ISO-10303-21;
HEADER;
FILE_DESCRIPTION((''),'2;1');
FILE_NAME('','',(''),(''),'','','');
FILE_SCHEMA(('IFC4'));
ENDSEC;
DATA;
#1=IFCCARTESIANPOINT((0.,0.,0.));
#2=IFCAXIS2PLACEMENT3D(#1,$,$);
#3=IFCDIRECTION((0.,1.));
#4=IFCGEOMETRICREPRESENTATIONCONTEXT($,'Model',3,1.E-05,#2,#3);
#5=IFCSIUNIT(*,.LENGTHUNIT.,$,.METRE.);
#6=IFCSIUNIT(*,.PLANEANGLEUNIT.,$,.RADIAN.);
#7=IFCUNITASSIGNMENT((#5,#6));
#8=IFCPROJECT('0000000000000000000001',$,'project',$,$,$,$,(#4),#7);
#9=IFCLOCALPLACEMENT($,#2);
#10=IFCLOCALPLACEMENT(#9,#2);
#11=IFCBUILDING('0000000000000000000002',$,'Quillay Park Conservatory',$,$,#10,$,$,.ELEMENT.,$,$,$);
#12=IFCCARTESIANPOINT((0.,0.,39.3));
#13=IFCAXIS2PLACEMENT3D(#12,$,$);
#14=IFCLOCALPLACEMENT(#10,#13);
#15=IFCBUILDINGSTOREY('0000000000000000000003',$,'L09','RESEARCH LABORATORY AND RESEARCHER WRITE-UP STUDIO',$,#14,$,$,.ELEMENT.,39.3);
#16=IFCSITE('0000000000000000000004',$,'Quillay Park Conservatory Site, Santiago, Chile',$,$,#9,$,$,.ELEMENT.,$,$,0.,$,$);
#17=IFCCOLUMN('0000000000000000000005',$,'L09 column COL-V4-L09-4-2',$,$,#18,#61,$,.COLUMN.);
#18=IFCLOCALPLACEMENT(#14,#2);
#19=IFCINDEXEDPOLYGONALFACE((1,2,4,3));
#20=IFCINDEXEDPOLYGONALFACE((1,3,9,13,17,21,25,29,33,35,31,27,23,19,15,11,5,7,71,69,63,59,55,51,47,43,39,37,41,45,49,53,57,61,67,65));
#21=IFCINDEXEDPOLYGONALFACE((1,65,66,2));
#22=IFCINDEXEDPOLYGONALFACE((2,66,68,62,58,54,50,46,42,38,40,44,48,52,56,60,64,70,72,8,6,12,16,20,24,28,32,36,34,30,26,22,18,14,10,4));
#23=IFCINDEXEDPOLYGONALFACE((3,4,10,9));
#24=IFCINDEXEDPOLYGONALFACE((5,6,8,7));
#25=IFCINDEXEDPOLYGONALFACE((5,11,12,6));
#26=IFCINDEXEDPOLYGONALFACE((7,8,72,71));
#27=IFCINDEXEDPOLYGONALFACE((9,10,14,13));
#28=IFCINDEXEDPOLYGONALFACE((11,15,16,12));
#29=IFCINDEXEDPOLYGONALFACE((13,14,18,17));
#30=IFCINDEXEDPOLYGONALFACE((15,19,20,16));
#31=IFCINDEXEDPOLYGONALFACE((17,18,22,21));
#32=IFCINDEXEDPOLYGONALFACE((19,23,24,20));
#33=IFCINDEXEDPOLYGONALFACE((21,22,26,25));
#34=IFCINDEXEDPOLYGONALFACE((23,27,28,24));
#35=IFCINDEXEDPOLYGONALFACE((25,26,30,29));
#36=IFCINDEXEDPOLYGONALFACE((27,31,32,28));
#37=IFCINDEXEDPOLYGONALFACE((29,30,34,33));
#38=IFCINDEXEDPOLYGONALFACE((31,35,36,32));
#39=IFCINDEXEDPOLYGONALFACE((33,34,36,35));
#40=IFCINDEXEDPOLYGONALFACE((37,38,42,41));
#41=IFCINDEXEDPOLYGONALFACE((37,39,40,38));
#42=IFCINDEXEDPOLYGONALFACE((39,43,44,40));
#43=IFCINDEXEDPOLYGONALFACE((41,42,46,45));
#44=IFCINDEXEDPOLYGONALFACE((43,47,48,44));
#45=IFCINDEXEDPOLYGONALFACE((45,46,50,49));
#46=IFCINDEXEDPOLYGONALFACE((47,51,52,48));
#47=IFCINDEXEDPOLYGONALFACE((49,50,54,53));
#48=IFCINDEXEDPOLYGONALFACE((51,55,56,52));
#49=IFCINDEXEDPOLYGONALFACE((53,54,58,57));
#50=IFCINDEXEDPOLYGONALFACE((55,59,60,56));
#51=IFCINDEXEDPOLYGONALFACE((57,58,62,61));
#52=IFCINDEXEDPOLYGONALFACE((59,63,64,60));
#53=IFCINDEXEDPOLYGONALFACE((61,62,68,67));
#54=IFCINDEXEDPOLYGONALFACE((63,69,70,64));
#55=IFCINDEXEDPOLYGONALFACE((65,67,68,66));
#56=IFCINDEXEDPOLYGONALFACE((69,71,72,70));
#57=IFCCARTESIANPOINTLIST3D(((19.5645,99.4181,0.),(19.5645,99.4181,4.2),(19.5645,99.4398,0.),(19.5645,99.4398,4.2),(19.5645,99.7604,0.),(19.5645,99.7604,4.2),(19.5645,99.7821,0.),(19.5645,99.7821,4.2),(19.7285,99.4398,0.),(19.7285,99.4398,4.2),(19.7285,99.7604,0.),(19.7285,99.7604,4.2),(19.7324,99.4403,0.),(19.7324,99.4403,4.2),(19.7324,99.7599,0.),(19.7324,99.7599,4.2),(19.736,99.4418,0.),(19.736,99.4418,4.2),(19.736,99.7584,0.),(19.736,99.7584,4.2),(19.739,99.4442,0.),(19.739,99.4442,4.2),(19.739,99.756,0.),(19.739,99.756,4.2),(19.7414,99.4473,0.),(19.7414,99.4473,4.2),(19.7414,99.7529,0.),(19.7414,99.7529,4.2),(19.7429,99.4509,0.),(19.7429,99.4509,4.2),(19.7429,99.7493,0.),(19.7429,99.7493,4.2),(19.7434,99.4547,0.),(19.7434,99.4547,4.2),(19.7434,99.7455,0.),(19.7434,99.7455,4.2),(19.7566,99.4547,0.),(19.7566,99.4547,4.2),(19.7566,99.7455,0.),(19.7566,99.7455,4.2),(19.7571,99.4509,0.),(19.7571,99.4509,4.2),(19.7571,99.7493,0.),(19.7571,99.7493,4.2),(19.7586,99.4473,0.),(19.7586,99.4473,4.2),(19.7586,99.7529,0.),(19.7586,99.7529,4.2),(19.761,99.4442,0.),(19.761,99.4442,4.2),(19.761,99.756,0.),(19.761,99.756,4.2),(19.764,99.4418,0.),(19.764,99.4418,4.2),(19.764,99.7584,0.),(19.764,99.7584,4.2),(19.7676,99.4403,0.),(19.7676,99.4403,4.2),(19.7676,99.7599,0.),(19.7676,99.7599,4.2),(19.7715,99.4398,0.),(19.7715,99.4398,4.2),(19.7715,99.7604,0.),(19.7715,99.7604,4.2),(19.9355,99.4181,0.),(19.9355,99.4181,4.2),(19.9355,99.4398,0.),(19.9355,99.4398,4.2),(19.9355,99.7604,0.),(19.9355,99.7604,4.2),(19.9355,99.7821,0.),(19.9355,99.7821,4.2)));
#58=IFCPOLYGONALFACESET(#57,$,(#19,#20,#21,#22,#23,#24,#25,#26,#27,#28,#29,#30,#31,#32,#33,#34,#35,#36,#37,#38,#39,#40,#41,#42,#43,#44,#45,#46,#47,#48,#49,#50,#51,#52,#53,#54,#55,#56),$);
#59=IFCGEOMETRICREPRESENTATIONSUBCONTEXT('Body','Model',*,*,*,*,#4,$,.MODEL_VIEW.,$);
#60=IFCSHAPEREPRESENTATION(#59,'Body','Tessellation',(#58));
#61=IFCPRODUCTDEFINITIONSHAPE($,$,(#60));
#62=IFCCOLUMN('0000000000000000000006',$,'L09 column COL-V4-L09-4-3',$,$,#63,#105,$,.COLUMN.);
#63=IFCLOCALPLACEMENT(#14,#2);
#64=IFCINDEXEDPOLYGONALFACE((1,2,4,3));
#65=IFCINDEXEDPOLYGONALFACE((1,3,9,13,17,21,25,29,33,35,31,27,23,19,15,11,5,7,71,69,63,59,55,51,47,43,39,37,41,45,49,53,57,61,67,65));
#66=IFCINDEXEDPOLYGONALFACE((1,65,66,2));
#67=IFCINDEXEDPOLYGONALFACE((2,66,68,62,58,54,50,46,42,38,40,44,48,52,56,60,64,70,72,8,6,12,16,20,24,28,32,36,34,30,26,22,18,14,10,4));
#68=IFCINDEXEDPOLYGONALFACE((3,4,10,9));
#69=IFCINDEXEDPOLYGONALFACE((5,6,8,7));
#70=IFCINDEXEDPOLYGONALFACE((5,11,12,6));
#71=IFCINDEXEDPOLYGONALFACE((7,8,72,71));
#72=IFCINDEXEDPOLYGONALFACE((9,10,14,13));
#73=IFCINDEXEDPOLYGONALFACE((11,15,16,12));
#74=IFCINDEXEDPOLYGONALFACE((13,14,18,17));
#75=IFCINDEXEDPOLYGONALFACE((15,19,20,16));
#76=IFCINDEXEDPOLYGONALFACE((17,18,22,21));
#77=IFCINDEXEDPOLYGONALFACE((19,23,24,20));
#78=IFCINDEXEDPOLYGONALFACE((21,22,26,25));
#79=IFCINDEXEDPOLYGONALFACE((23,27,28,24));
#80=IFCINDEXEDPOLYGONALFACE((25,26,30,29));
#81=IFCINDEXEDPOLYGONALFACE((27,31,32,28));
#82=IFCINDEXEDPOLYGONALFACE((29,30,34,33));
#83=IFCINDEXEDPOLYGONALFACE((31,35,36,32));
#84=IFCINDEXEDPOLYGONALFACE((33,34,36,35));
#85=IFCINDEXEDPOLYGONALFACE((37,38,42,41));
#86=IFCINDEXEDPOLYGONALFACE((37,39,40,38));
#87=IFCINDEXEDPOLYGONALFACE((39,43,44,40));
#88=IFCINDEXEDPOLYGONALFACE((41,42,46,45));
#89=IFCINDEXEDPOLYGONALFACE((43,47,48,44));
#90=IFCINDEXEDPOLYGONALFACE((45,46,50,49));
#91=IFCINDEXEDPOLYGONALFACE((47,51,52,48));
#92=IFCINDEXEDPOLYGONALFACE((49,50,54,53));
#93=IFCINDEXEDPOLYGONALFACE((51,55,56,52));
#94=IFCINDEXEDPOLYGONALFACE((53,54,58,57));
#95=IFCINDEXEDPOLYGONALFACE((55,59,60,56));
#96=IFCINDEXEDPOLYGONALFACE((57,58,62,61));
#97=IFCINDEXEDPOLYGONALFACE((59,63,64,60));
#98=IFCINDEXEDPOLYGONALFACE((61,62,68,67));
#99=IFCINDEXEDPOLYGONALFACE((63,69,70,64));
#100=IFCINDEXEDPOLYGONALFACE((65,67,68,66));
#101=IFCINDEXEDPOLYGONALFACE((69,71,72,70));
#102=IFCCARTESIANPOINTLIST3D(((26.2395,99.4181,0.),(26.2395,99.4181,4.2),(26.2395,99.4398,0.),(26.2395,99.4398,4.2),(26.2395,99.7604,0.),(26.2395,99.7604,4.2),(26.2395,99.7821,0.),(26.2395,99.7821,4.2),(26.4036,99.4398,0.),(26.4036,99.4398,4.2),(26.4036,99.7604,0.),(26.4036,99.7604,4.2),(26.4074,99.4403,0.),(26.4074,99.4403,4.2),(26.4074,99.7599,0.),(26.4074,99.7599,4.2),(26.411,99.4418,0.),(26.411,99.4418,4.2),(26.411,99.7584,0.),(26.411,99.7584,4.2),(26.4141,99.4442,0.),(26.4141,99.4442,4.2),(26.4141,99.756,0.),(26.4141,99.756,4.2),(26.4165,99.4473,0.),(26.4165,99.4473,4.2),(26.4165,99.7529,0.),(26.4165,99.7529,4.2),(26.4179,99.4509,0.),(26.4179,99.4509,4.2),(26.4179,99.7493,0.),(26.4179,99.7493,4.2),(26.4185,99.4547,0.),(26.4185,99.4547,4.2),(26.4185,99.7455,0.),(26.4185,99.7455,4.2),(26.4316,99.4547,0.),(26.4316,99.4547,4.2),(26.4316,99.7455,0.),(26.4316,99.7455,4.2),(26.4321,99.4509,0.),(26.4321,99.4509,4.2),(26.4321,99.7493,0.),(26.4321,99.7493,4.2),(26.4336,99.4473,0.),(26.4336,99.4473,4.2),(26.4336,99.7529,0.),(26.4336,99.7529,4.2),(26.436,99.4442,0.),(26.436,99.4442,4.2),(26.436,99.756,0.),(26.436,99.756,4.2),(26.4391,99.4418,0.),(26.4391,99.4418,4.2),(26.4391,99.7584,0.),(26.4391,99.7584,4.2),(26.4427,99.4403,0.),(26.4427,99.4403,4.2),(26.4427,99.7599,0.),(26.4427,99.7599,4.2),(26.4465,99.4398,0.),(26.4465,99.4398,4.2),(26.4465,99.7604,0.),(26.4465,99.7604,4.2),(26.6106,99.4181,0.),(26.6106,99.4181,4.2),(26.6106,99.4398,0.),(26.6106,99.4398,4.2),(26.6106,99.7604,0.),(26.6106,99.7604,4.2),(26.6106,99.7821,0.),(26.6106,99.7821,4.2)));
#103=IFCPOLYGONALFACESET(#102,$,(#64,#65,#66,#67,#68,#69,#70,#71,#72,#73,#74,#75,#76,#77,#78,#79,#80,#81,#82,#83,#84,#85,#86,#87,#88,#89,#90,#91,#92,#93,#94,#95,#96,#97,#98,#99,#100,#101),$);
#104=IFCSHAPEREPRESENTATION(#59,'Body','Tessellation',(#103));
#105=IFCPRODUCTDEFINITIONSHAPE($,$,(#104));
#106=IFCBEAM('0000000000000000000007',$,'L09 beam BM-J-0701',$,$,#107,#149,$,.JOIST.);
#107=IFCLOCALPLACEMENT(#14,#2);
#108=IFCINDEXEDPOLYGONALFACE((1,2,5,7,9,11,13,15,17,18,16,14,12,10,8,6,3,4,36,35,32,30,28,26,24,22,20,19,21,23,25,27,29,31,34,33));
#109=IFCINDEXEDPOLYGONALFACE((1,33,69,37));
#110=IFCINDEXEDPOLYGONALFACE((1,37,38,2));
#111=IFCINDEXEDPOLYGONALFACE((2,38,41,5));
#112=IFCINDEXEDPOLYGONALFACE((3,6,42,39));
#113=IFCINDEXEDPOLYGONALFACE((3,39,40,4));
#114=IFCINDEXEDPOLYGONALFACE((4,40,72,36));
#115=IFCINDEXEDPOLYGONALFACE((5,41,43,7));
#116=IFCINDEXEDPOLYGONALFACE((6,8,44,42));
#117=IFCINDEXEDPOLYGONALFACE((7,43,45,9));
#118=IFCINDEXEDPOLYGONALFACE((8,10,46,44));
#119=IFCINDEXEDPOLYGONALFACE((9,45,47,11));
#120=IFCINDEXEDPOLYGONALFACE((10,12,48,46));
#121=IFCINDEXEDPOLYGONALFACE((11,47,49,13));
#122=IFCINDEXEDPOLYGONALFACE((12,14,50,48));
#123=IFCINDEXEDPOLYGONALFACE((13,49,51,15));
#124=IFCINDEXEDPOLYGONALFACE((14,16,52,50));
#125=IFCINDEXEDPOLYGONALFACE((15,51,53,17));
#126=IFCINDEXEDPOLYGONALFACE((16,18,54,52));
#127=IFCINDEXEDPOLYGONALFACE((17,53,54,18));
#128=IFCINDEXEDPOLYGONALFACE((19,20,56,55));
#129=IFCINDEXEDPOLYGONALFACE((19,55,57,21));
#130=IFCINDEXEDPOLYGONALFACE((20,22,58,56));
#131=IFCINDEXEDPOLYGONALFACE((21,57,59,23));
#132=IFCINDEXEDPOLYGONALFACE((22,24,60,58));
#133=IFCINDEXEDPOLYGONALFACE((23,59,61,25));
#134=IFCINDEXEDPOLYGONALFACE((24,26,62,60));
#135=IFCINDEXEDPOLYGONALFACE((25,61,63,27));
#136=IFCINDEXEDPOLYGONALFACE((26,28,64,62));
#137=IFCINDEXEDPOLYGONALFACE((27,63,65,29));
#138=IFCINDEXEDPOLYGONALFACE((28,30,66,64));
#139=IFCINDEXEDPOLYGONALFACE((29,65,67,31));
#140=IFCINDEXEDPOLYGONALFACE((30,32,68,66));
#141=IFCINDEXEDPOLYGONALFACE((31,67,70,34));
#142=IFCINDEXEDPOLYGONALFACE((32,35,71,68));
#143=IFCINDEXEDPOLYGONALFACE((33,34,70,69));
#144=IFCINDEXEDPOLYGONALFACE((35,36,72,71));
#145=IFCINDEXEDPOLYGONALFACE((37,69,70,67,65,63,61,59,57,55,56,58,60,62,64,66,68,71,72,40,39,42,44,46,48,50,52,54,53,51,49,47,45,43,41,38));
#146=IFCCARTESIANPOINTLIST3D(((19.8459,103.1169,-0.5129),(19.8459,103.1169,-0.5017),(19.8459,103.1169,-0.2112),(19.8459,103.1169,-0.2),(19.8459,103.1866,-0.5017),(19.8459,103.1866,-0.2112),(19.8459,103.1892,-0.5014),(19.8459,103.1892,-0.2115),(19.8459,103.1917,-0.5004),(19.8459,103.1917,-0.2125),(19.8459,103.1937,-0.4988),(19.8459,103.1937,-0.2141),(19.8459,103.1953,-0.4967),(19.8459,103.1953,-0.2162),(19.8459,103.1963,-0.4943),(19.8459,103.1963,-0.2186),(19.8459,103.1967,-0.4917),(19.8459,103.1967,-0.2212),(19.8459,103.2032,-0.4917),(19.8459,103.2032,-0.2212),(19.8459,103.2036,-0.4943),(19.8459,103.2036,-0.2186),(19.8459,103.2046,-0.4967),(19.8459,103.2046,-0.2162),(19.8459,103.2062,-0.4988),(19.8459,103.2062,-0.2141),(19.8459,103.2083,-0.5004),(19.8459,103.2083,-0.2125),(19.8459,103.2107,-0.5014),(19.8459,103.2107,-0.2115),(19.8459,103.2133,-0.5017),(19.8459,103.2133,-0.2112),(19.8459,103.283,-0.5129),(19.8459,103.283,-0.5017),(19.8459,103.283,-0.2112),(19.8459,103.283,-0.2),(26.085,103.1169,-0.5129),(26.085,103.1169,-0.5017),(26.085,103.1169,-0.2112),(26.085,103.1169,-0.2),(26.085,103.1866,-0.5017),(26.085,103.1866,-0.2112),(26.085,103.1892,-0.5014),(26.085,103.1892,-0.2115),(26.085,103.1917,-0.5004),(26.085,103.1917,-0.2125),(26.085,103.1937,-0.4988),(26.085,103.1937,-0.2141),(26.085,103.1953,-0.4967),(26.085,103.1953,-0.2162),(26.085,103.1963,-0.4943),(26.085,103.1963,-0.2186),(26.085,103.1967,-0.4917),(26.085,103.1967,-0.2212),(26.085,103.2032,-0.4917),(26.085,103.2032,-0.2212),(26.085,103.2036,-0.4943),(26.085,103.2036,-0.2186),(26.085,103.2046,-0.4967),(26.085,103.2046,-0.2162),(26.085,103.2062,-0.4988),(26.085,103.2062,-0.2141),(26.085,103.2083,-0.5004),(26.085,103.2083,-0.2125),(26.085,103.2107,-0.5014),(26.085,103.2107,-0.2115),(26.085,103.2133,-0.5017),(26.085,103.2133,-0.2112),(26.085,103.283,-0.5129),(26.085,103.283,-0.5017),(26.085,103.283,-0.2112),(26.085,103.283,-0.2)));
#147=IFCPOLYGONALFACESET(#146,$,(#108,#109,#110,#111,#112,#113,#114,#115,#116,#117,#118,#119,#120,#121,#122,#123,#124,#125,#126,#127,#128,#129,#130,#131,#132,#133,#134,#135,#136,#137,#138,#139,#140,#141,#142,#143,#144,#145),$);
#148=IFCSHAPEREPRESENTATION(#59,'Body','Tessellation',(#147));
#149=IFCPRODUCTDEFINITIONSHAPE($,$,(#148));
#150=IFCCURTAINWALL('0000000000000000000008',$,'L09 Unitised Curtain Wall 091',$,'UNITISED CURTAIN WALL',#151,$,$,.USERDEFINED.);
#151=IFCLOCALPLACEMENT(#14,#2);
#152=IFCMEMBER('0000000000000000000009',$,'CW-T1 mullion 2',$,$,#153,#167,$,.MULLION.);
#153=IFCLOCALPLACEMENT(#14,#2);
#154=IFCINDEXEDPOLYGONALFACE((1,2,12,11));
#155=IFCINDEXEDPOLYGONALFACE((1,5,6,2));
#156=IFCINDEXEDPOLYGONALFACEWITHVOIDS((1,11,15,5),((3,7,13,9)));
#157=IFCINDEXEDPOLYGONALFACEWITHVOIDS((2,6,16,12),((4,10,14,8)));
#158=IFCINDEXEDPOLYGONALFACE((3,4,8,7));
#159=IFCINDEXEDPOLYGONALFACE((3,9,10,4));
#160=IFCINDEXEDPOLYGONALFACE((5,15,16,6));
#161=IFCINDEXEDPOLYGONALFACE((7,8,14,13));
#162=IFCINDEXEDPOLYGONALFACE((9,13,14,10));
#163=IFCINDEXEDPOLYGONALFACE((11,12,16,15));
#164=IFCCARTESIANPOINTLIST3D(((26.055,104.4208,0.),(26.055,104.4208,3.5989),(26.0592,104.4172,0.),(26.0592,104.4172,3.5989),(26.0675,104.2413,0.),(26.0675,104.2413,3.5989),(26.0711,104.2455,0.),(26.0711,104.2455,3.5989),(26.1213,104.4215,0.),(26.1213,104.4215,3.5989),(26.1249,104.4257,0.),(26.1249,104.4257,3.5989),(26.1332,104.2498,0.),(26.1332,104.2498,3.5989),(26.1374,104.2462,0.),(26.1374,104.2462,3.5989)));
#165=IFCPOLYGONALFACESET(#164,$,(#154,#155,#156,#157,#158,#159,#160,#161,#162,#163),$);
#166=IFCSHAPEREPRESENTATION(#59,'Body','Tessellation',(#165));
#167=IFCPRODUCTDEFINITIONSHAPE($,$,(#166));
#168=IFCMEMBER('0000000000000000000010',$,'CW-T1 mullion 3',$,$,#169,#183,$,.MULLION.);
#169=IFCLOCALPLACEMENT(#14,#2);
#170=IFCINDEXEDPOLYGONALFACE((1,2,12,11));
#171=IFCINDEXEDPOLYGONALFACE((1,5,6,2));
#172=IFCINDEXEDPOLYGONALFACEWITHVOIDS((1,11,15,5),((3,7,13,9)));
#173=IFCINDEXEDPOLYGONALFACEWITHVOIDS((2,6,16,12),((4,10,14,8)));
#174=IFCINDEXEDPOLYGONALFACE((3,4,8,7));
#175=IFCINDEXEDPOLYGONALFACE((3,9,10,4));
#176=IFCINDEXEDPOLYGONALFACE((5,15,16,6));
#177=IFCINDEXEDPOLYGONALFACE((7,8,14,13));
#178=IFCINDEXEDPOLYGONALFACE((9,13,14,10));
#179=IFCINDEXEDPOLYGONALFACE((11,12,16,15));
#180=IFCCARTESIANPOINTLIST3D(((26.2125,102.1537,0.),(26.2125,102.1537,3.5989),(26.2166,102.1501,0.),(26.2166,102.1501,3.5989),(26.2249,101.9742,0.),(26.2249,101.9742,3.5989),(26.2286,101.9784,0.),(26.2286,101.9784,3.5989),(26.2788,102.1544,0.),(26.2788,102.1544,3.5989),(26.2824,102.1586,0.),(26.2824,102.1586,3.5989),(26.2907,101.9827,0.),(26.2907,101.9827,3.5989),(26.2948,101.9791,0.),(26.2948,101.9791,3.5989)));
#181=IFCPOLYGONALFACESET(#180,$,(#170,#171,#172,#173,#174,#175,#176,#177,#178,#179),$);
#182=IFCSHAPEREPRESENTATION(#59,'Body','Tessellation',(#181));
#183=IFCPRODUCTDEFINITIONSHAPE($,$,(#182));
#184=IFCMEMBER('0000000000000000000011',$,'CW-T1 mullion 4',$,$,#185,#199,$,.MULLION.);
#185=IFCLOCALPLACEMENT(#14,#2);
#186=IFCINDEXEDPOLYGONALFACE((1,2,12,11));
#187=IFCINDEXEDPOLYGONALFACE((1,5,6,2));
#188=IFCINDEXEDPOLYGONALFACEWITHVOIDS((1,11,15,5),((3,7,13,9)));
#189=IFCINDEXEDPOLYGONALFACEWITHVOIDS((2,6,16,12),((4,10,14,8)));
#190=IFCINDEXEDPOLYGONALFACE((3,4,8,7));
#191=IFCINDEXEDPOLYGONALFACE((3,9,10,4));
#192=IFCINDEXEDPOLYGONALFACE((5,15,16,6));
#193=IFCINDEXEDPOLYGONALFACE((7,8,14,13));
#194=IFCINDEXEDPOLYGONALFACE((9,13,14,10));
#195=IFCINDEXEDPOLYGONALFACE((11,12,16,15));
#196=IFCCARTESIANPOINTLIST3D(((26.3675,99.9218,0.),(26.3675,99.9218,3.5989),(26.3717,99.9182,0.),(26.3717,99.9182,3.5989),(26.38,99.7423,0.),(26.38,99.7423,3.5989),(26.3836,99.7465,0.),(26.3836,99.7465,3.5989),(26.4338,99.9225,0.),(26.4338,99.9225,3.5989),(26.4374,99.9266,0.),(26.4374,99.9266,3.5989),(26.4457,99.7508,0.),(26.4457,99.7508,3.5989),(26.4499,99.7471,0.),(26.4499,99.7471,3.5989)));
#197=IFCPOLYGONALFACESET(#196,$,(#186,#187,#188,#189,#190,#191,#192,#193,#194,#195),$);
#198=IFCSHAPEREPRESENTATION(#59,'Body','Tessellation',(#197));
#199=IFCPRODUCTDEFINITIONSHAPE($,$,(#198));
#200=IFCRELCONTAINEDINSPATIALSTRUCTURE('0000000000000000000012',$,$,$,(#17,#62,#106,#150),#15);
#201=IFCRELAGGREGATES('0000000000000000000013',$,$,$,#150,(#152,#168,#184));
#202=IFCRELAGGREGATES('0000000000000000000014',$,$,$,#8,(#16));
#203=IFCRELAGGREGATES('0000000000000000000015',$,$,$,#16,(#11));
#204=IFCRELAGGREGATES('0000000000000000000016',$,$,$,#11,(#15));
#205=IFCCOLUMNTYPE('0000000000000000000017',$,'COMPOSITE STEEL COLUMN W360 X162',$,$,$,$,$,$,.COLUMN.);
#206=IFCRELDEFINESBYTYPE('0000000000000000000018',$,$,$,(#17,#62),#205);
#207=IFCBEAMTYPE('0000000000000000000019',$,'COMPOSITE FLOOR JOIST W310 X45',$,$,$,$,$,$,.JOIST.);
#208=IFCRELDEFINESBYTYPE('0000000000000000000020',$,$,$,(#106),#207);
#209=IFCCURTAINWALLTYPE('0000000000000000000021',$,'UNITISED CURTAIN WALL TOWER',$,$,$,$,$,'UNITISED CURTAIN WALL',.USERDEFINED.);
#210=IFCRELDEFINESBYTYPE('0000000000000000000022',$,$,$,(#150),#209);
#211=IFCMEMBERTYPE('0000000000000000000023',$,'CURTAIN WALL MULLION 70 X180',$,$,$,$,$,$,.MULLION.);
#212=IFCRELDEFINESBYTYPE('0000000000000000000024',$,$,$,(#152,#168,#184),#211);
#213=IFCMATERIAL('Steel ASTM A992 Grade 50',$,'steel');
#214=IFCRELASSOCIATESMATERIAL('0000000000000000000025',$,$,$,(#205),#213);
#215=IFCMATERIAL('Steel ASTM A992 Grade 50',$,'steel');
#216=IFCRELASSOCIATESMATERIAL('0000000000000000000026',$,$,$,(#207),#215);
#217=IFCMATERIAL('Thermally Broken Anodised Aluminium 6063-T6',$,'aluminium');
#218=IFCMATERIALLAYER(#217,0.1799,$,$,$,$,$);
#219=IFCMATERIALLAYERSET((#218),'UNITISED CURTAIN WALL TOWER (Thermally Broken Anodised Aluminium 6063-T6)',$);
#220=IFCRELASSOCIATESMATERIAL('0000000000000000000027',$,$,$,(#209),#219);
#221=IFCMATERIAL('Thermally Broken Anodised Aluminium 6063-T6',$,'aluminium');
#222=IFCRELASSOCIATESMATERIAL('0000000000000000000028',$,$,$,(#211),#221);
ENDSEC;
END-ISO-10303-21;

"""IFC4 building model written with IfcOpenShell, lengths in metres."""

from ifc_helpers import new_model, si_unit, direction, frame, origin, origin_2d, place, context, subcontext, project, spatial, hollow_rectangle, i_section, extrude, material, layer, layer_set, material_profile, profile_set, type_object, element, aggregate, save


model = new_model("IFC4")

# Units and contexts
model_context = context("Model", 3, precision=1e-05, world=origin(), true_north=direction((0.0, 1.0)))
body_context = subcontext(model_context, "Body", "Model", "MODEL_VIEW")
ifc_project = project(units=[si_unit("LENGTHUNIT", "METRE"), si_unit("PLANEANGLEUNIT", "RADIAN")], contexts=[model_context])

# Site, building, storey
site_placement = place(None, origin())
site = spatial("IfcSite", under=ifc_project, at=site_placement, Name="Quillay Park Conservatory Site, Santiago, Chile", CompositionType="ELEMENT", RefElevation=0.0)
building_placement = place(site_placement, origin())
building = spatial("IfcBuilding", under=site, at=building_placement, Name="Quillay Park Conservatory", CompositionType="ELEMENT")
storey_placement = place(building_placement, frame((0.0, 0.0, 39.3)))
storey = spatial("IfcBuildingStorey", under=building, at=storey_placement, Name="L09", Description="RESEARCH LABORATORY AND RESEARCHER WRITE-UP STUDIO", CompositionType="ELEMENT", Elevation=39.3)

# Columns
ifc_material_1 = material(Name="Steel ASTM A992 Grade 50", Category="steel")
ifc_material_profile_1 = material_profile(ifc_material_1, i_section(OverallWidth=0.3711, OverallDepth=0.364, WebThickness=0.0132, FlangeThickness=0.0217, FilletRadius=0.0149, at=origin_2d()), Name="W360x162")
ifc_profile_set_1 = profile_set([ifc_material_profile_1], Name="Steel ASTM A992 Grade 50")
column_type = type_object("IfcColumnType", Name="COMPOSITE STEEL COLUMN W360 X162", PredefinedType="COLUMN", material=ifc_profile_set_1)
for number, where, z_axis, x_axis, name in (
    (1, (19.75, 99.6001, 0.0), (0.0, 0.0, 1.0), (1.0, 0.0, 0.0), "L09 column COL-V4-L09-4-2"),
    (2, (26.425, 99.6001, 0.0), (0.0, 0.0, 1.0), (1.0, 0.0, 0.0), "L09 column COL-V4-L09-4-3"),
):
    element("IfcColumn", number, at=place(storey_placement, frame(where, z_axis=z_axis, x_axis=x_axis)), inside=storey, type_object=column_type, Name=name, PredefinedType="COLUMN", context=body_context, shape_type="SweptSolid", body=[
        extrude(i_section(OverallWidth=0.3711, OverallDepth=0.364, WebThickness=0.0132, FlangeThickness=0.0217, FilletRadius=0.0149, at=origin_2d()), origin(), (0.0, 0.0, 1.0), 4.2),
    ])

# Beam
ifc_material_2 = material(Name="Steel ASTM A992 Grade 50", Category="steel")
ifc_material_profile_2 = material_profile(ifc_material_2, i_section(OverallWidth=0.166, OverallDepth=0.313, WebThickness=0.0066, FlangeThickness=0.0112, FilletRadius=0.01, at=origin_2d()), Name="W310x45")
ifc_profile_set_2 = profile_set([ifc_material_profile_2], Name="Steel ASTM A992 Grade 50")
beam_type_1 = type_object("IfcBeamType", Name="COMPOSITE FLOOR JOIST W310 X45", PredefinedType="JOIST", material=ifc_profile_set_2)
beam_1_placement = place(storey_placement, frame((19.8459, 103.2, -0.3564), z_axis=(1.0, 0.0, 0.0), x_axis=(0.0, 1.0, 0.0)))
element("IfcBeam", 3, at=beam_1_placement, inside=storey, type_object=beam_type_1, Name="L09 beam BM-J-0701", PredefinedType="JOIST", context=body_context, shape_type="SweptSolid", body=[
    extrude(i_section(OverallWidth=0.166, OverallDepth=0.313, WebThickness=0.0066, FlangeThickness=0.0112, FilletRadius=0.01, at=origin_2d()), origin(), (0.0, 0.0, 1.0), 6.239),
])

# Curtain wall, members
ifc_material_3 = material(Name="Thermally Broken Anodised Aluminium 6063-T6", Category="aluminium")
ifc_layer_1 = layer(ifc_material_3, 0.1799)
ifc_layer_set_1 = layer_set([ifc_layer_1], Name="UNITISED CURTAIN WALL TOWER (Thermally Broken Anodised Aluminium 6063-T6)")
curtain_wall_type = type_object("IfcCurtainWallType", Name="UNITISED CURTAIN WALL TOWER", ElementType="UNITISED CURTAIN WALL", PredefinedType="USERDEFINED", material=ifc_layer_set_1)
curtain_wall_placement = place(storey_placement, origin())
curtain_wall = element("IfcCurtainWall", 4, at=curtain_wall_placement, inside=storey, type_object=curtain_wall_type, Name="L09 Unitised Curtain Wall 091", ObjectType="UNITISED CURTAIN WALL", PredefinedType="USERDEFINED")
ifc_material_4 = material(Name="Thermally Broken Anodised Aluminium 6063-T6", Category="aluminium")
ifc_material_profile_3 = material_profile(ifc_material_4, hollow_rectangle(XDim=0.0701, YDim=0.1799, WallThickness=0.0039, at=origin_2d()), Name="AL70x180x4")
ifc_profile_set_3 = profile_set([ifc_material_profile_3], Name="Thermally Broken Anodised Aluminium 6063-T6")
member_type_1 = type_object("IfcMemberType", Name="CURTAIN WALL MULLION 70 X180", PredefinedType="MULLION", material=ifc_profile_set_3)
member_1_placement = place(storey_placement, frame((26.0962, 104.3335, 0.0), z_axis=(0.0, 0.0, 1.0), x_axis=(0.997598, 0.069264, 0.0)))
member_1 = element("IfcMember", 5, at=member_1_placement, type_object=member_type_1, Name="CW-T1 mullion 2", PredefinedType="MULLION", context=body_context, shape_type="SweptSolid", body=[
    extrude(hollow_rectangle(XDim=0.0701, YDim=0.1799, WallThickness=0.0039, at=origin_2d()), origin(), (0.0, 0.0, 1.0), 3.5989),
])
member_2_placement = place(storey_placement, frame((26.2537, 102.0664, 0.0), z_axis=(0.0, 0.0, 1.0), x_axis=(0.997598, 0.069264, 0.0)))
member_2 = element("IfcMember", 6, at=member_2_placement, type_object=member_type_1, Name="CW-T1 mullion 3", PredefinedType="MULLION", context=body_context, shape_type="SweptSolid", body=[
    extrude(hollow_rectangle(XDim=0.0701, YDim=0.1799, WallThickness=0.0039, at=origin_2d()), origin(), (0.0, 0.0, 1.0), 3.5989),
])
member_3_placement = place(storey_placement, frame((26.4087, 99.8345, 0.0), z_axis=(0.0, 0.0, 1.0), x_axis=(0.997598, 0.069264, 0.0)))
member_3 = element("IfcMember", 7, at=member_3_placement, type_object=member_type_1, Name="CW-T1 mullion 4", PredefinedType="MULLION", context=body_context, shape_type="SweptSolid", body=[
    extrude(hollow_rectangle(XDim=0.0701, YDim=0.1799, WallThickness=0.0039, at=origin_2d()), origin(), (0.0, 0.0, 1.0), 3.5989),
])

aggregate(curtain_wall, [member_1, member_2, member_3])

save(model, "model.ifc")
